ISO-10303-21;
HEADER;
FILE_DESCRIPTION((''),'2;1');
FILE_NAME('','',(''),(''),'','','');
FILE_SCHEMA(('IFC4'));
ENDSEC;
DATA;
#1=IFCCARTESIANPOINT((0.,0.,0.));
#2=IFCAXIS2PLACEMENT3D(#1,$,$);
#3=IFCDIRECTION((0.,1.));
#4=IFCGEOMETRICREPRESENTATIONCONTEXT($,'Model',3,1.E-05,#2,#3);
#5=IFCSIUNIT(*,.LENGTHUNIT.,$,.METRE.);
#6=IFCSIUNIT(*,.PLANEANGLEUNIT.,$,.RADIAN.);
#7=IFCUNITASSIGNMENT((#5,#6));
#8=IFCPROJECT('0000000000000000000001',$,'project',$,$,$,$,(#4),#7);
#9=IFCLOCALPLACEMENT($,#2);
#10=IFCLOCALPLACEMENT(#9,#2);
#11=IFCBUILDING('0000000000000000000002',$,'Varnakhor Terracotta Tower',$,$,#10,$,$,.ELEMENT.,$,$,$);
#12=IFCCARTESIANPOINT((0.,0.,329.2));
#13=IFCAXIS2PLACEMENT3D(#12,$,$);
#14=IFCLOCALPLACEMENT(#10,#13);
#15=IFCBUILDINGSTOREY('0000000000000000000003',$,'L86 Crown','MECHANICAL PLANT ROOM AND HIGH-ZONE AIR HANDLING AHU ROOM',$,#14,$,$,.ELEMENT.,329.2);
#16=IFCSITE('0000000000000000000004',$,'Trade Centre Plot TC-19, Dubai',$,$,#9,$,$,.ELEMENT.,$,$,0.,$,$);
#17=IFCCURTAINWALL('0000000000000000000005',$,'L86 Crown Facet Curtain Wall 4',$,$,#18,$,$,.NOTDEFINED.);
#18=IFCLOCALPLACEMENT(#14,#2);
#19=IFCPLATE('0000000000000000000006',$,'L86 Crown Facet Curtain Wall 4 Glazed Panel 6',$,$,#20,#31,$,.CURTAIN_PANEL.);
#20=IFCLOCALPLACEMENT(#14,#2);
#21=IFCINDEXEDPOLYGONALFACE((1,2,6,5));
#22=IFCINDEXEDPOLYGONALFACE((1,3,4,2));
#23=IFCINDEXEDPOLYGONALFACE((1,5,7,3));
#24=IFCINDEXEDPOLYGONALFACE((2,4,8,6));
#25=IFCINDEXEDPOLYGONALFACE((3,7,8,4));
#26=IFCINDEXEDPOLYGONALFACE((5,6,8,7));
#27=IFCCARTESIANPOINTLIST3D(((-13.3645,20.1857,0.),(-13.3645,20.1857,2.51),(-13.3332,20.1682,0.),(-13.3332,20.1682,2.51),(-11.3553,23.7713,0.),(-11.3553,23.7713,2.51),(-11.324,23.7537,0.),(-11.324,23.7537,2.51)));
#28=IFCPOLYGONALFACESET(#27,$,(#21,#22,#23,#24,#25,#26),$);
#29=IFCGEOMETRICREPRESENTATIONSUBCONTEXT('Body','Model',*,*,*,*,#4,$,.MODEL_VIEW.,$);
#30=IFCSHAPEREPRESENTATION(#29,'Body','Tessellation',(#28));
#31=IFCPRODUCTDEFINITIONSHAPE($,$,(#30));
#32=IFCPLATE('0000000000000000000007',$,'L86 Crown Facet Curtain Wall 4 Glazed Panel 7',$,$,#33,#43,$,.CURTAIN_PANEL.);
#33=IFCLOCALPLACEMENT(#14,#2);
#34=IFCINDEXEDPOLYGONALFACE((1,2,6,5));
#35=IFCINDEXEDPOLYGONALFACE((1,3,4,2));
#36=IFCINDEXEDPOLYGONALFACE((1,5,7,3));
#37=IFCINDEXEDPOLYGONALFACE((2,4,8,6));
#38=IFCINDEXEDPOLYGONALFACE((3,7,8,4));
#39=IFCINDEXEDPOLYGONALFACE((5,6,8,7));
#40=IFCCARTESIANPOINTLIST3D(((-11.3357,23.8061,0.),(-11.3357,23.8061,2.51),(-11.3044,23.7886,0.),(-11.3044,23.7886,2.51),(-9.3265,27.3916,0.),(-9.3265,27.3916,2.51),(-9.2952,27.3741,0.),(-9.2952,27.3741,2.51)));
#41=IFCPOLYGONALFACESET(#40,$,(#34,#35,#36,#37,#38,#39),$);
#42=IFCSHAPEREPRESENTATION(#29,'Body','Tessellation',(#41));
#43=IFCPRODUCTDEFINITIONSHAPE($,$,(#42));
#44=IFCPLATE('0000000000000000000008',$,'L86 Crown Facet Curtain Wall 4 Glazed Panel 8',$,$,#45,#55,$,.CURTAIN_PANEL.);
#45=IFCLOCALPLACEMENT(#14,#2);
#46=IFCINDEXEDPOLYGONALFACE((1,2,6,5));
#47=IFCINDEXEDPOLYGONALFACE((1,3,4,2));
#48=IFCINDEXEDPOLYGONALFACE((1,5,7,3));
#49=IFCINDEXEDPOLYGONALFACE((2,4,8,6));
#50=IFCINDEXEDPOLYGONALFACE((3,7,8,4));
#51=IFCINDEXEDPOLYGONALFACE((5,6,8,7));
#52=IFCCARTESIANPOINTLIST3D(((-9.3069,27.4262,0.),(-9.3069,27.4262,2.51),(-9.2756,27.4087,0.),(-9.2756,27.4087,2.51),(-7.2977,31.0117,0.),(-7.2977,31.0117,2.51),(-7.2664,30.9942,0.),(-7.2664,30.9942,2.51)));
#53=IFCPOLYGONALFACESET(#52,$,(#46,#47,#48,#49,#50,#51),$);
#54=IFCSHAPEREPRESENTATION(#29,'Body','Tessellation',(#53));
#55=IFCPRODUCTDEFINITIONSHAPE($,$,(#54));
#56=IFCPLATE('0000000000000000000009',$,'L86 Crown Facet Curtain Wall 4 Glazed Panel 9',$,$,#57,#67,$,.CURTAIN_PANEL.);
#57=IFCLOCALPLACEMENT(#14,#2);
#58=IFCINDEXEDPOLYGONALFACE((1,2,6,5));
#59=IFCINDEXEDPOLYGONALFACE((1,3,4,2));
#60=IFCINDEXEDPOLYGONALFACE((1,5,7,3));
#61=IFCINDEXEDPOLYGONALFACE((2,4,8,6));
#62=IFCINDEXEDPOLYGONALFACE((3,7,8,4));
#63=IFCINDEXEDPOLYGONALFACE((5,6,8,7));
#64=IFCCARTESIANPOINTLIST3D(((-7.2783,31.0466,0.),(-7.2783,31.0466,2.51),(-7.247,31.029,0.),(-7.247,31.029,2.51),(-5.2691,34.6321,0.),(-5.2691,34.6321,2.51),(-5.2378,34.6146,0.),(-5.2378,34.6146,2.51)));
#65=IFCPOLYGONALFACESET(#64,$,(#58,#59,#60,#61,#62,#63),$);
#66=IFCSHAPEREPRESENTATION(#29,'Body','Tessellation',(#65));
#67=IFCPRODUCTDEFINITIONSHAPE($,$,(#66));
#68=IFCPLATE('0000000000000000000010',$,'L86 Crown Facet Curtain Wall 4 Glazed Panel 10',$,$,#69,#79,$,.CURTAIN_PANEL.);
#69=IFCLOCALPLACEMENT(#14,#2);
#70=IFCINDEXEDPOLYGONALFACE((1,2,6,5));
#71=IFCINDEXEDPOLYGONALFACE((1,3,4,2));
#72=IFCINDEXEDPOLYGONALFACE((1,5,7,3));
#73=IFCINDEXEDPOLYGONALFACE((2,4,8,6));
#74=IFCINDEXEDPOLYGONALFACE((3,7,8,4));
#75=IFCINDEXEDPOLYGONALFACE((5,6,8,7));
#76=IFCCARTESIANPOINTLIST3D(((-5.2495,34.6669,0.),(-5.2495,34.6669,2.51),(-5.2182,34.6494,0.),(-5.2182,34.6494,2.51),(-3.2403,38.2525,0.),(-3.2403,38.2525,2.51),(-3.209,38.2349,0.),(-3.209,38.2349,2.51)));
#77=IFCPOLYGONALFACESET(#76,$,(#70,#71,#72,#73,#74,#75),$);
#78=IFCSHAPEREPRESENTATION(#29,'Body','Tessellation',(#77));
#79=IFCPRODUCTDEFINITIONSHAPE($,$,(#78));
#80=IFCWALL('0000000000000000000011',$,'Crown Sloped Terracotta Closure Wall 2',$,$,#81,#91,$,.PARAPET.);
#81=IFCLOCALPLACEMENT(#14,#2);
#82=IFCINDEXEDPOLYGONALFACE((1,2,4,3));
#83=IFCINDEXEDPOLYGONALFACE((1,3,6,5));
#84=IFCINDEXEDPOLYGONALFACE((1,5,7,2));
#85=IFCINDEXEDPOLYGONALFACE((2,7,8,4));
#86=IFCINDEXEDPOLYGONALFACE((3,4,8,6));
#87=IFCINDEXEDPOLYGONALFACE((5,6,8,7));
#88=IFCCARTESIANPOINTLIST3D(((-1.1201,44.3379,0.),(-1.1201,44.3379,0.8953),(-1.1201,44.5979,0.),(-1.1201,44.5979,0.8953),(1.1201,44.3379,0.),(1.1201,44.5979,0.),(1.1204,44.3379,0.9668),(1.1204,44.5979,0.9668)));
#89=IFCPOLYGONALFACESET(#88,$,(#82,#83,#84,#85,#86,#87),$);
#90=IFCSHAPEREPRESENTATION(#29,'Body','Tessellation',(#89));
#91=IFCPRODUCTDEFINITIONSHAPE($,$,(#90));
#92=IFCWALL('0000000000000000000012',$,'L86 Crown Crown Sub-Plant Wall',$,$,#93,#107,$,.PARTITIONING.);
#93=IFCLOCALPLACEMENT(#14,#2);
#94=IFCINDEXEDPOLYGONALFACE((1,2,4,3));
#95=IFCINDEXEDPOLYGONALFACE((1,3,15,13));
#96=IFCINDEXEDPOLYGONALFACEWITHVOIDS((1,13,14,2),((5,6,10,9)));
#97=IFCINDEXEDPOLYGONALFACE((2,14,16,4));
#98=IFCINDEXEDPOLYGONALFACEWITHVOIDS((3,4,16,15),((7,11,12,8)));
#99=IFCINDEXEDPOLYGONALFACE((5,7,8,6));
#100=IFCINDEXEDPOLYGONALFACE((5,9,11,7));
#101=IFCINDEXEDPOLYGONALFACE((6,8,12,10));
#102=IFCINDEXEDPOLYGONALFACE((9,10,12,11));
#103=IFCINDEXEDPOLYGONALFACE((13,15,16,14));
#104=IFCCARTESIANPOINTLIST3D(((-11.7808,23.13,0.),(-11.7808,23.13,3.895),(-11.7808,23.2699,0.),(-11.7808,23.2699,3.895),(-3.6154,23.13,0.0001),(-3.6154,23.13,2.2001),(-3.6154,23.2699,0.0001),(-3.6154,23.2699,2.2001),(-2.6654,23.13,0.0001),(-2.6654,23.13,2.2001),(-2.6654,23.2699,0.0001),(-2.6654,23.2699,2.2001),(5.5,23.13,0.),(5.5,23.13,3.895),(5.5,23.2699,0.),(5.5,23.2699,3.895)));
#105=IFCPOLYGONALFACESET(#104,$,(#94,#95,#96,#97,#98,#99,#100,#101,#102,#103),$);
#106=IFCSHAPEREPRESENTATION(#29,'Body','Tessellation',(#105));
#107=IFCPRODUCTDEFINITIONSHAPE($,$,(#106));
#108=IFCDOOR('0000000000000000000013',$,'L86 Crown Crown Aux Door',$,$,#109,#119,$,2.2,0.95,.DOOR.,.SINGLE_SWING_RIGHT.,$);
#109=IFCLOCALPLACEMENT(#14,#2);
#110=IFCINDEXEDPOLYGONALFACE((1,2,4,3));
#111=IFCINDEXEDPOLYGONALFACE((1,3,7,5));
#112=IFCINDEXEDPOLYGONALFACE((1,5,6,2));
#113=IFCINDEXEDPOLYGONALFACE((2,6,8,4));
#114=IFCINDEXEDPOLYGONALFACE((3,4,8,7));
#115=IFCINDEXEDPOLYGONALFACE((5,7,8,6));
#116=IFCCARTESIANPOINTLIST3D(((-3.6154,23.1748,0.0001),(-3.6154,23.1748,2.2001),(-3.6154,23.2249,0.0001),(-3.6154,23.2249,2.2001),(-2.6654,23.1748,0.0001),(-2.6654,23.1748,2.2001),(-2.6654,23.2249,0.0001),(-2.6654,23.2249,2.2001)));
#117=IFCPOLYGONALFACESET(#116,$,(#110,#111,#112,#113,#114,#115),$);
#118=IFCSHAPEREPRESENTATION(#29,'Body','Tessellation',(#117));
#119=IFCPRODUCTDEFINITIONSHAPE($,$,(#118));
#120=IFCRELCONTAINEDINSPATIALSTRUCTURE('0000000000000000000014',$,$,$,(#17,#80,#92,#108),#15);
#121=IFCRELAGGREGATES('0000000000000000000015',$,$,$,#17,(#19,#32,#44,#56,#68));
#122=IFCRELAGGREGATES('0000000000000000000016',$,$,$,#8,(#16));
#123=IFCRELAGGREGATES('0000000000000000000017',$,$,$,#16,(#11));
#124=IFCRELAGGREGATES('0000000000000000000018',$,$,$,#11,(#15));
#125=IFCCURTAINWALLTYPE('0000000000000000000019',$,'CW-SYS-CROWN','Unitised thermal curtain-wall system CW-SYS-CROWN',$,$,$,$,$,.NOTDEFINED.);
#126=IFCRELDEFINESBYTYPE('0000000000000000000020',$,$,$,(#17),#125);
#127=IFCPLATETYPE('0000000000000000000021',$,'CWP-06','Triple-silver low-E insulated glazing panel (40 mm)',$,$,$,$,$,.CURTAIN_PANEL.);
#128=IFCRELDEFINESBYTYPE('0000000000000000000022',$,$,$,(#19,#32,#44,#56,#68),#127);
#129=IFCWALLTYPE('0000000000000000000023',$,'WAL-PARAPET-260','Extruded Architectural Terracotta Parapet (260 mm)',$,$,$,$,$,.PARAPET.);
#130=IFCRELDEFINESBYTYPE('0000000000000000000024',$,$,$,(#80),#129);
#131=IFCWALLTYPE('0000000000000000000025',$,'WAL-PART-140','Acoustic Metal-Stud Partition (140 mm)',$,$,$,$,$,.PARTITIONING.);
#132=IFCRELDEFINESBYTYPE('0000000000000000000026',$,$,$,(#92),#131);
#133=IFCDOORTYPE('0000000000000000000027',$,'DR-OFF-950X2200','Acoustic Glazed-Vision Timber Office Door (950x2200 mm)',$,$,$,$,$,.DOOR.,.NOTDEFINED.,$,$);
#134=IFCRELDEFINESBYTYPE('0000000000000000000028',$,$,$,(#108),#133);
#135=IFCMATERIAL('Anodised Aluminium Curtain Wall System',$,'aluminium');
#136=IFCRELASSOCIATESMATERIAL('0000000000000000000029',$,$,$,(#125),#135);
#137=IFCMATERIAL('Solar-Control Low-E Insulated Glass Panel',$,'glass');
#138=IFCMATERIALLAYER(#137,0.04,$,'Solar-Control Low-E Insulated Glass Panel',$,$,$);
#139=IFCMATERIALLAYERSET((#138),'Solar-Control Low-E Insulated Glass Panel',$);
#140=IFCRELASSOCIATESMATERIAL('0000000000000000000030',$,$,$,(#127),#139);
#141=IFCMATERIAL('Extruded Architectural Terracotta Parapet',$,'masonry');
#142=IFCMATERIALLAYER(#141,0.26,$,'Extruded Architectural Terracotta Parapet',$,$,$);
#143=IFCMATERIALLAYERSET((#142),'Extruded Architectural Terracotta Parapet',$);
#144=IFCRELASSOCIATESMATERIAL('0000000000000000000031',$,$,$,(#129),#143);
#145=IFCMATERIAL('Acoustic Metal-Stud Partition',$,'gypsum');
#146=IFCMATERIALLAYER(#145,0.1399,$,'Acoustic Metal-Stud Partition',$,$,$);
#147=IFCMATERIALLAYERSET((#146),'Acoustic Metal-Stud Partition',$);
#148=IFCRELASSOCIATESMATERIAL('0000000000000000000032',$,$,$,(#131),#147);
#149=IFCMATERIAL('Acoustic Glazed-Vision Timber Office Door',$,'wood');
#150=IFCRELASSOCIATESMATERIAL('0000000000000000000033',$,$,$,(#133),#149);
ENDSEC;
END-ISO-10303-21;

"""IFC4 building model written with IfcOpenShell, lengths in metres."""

from ifc_helpers import new_model, si_unit, direction, frame, frame_2d, origin, origin_2d, place, context, subcontext, project, spatial, polyline, rectangle, outline, extrude, source, transform, mapped, material, layer, layer_set, type_object, type_shapes, element, fill, aggregate, save


model = new_model("IFC4")

# Units and contexts
model_context = context("Model", 3, precision=1e-05, world=origin(), true_north=direction((0.0, 1.0)))
body_context = subcontext(model_context, "Body", "Model", "MODEL_VIEW")
ifc_project = project(units=[si_unit("LENGTHUNIT", "METRE"), si_unit("PLANEANGLEUNIT", "RADIAN")], contexts=[model_context])

# Site, building, storey
site_placement = place(None, origin())
site = spatial("IfcSite", under=ifc_project, at=site_placement, Name="Trade Centre Plot TC-19, Dubai", CompositionType="ELEMENT", RefElevation=0.0)
building_placement = place(site_placement, origin())
building = spatial("IfcBuilding", under=site, at=building_placement, Name="Varnakhor Terracotta Tower", CompositionType="ELEMENT")
storey_placement = place(building_placement, frame((0.0, 0.0, 329.2)))
storey = spatial("IfcBuildingStorey", under=building, at=storey_placement, Name="L86 Crown", Description="MECHANICAL PLANT ROOM AND HIGH-ZONE AIR HANDLING AHU ROOM", CompositionType="ELEMENT", Elevation=329.2)

# Curtain wall
ifc_material_1 = material(Name="Anodised Aluminium Curtain Wall System", Category="aluminium")
curtain_wall_type = type_object("IfcCurtainWallType", Name="CW-SYS-CROWN", Description="Unitised thermal curtain-wall system CW-SYS-CROWN", PredefinedType="NOTDEFINED", material=ifc_material_1)
curtain_wall_1_placement = place(storey_placement, origin())
curtain_wall_1 = element("IfcCurtainWall", 1, at=curtain_wall_1_placement, inside=storey, type_object=curtain_wall_type, Name="L86 Crown Facet Curtain Wall 4", PredefinedType="NOTDEFINED")

# Plates
ifc_material_2 = material(Name="Solar-Control Low-E Insulated Glass Panel", Category="glass")
ifc_layer_1 = layer(ifc_material_2, 0.04, Name="Solar-Control Low-E Insulated Glass Panel")
ifc_layer_set_1 = layer_set([ifc_layer_1], Name="Solar-Control Low-E Insulated Glass Panel")
plate_type = type_object("IfcPlateType", Name="CWP-06", Description="Triple-silver low-E insulated glazing panel (40 mm)", PredefinedType="CURTAIN_PANEL", material=ifc_layer_set_1)
shared_shape_1 = source(origin(), body_context, "Body", "SweptSolid", [
    extrude(rectangle(XDim=4.1101, YDim=0.0359, at=origin_2d()), origin(), (0.0, 0.0, 1.0), 2.51),
])
plate_1_placement = place(storey_placement, frame((-12.3442, 21.9697, 0.0), z_axis=(0.0, 0.0, 1.0), x_axis=(0.48885, 0.872368, 0.0)))
plate_1 = element("IfcPlate", 2, at=plate_1_placement, type_object=plate_type, Name="L86 Crown Facet Curtain Wall 4 Glazed Panel 6", PredefinedType="CURTAIN_PANEL", context=body_context, shape_type="MappedRepresentation", body=[
    mapped(shared_shape_1, transform((0.0, 0.0, 0.0), scale=1.0)),
])
plate_2_placement = place(storey_placement, frame((-10.3154, 25.5901, 0.0), z_axis=(0.0, 0.0, 1.0), x_axis=(0.48885, 0.872368, 0.0)))
plate_2 = element("IfcPlate", 3, at=plate_2_placement, type_object=plate_type, Name="L86 Crown Facet Curtain Wall 4 Glazed Panel 7", PredefinedType="CURTAIN_PANEL", context=body_context, shape_type="MappedRepresentation", body=[
    mapped(shared_shape_1, transform((0.0, 0.0, 0.0), scale=1.0)),
])
plate_3_placement = place(storey_placement, frame((-8.2866, 29.2102, 0.0), z_axis=(0.0, 0.0, 1.0), x_axis=(0.48885, 0.872368, 0.0)))
plate_3 = element("IfcPlate", 4, at=plate_3_placement, type_object=plate_type, Name="L86 Crown Facet Curtain Wall 4 Glazed Panel 8", PredefinedType="CURTAIN_PANEL", context=body_context, shape_type="MappedRepresentation", body=[
    mapped(shared_shape_1, transform((0.0, 0.0, 0.0), scale=1.0)),
])
plate_4_placement = place(storey_placement, frame((-6.2581, 32.8306, 0.0), z_axis=(0.0, 0.0, 1.0), x_axis=(0.48885, 0.872368, 0.0)))
plate_4 = element("IfcPlate", 5, at=plate_4_placement, type_object=plate_type, Name="L86 Crown Facet Curtain Wall 4 Glazed Panel 9", PredefinedType="CURTAIN_PANEL", context=body_context, shape_type="MappedRepresentation", body=[
    mapped(shared_shape_1, transform((0.0, 0.0, 0.0), scale=1.0)),
])
plate_5_placement = place(storey_placement, frame((-4.2292, 36.4509, 0.0), z_axis=(0.0, 0.0, 1.0), x_axis=(0.48885, 0.872368, 0.0)))
plate_5 = element("IfcPlate", 6, at=plate_5_placement, type_object=plate_type, Name="L86 Crown Facet Curtain Wall 4 Glazed Panel 10", PredefinedType="CURTAIN_PANEL", context=body_context, shape_type="MappedRepresentation", body=[
    mapped(shared_shape_1, transform((0.0, 0.0, 0.0), scale=1.0)),
])
aggregate(curtain_wall_1, [plate_1, plate_2, plate_3, plate_4, plate_5])

# Wall
ifc_material_3 = material(Name="Extruded Architectural Terracotta Parapet", Category="masonry")
ifc_layer_2 = layer(ifc_material_3, 0.26, Name="Extruded Architectural Terracotta Parapet")
ifc_layer_set_2 = layer_set([ifc_layer_2], Name="Extruded Architectural Terracotta Parapet")
wall_type_1 = type_object("IfcWallType", Name="WAL-PARAPET-260", Description="Extruded Architectural Terracotta Parapet (260 mm)", PredefinedType="PARAPET", material=ifc_layer_set_2)
wall_1_placement = place(storey_placement, frame((-1.1201, 44.468, 0.0), z_axis=(0.0, 0.0, 1.0), x_axis=(1.0, 0.0, 0.0)))
element("IfcWall", 7, at=wall_1_placement, inside=storey, type_object=wall_type_1, Name="Crown Sloped Terracotta Closure Wall 2", PredefinedType="PARAPET", context=body_context, shape_type="SweptSolid", body=[
    extrude(outline(polyline([(0.0, 0.0), (2.2402, 0.0), (2.2405, 0.9668), (0.0, 0.8953), (0.0, 0.0)])), frame((0.0, 0.1299, 0.0), z_axis=(0.0, -1.0, 0.0), x_axis=(1.0, 0.0, 0.0)), (0.0, 0.0, 1.0), 0.26),
])

# Wall, opening, door
ifc_material_4 = material(Name="Acoustic Metal-Stud Partition", Category="gypsum")
ifc_layer_3 = layer(ifc_material_4, 0.1399, Name="Acoustic Metal-Stud Partition")
ifc_layer_set_3 = layer_set([ifc_layer_3], Name="Acoustic Metal-Stud Partition")
wall_type_2 = type_object("IfcWallType", Name="WAL-PART-140", Description="Acoustic Metal-Stud Partition (140 mm)", PredefinedType="PARTITIONING", material=ifc_layer_set_3)
wall_2_placement = place(storey_placement, frame((-11.7808, 23.2, 0.0), z_axis=(0.0, 0.0, 1.0), x_axis=(1.0, 0.0, 0.0)))
wall_2 = element("IfcWall", 8, at=wall_2_placement, inside=storey, type_object=wall_type_2, Name="L86 Crown Crown Sub-Plant Wall", PredefinedType="PARTITIONING", context=body_context, shape_type="SweptSolid", body=[
    extrude(rectangle(XDim=17.2808, YDim=0.1399, at=frame_2d((8.6404, 0.0))), origin(), (0.0, 0.0, 1.0), 3.895),
])
opening_placement = place(wall_2_placement, frame((8.1653, 0.0, 0.0)))
opening = element("IfcOpeningElement", 9, at=opening_placement, cuts=wall_2, PredefinedType="OPENING", context=body_context, shape_type="SweptSolid", body=[
    extrude(rectangle(XDim=0.95, YDim=2.2, at=frame_2d((0.4751, 1.1001))), frame((0.0, 0.0801, 0.0), z_axis=(0.0, -1.0, 0.0), x_axis=(1.0, 0.0, 0.0)), (0.0, 0.0, 1.0), 0.1599),
])
ifc_material_5 = material(Name="Acoustic Glazed-Vision Timber Office Door", Category="wood")
door_type = type_object("IfcDoorType", Name="DR-OFF-950X2200", Description="Acoustic Glazed-Vision Timber Office Door (950x2200 mm)", OperationType="NOTDEFINED", PredefinedType="DOOR", material=ifc_material_5)
shared_shape_2 = source(origin(), body_context, "Body", "SweptSolid", [
    extrude(rectangle(XDim=0.95, YDim=2.2, at=frame_2d((0.4751, 1.1001))), frame((0.0, 0.0249, 0.0), z_axis=(0.0, -1.0, 0.0), x_axis=(1.0, 0.0, 0.0)), (0.0, 0.0, 1.0), 0.05),
])
type_shapes(door_type, [shared_shape_2])
door_placement = place(opening_placement, origin())
door = element("IfcDoor", 10, at=door_placement, inside=storey, type_object=door_type, Name="L86 Crown Crown Aux Door", OperationType="SINGLE_SWING_RIGHT", OverallHeight=2.2, OverallWidth=0.95, PredefinedType="DOOR", context=body_context, shape_type="MappedRepresentation", body=[
    mapped(shared_shape_2, transform((0.0, 0.0, 0.0), scale=1.0)),
])
fill(opening, door)

save(model, "model.ifc")
